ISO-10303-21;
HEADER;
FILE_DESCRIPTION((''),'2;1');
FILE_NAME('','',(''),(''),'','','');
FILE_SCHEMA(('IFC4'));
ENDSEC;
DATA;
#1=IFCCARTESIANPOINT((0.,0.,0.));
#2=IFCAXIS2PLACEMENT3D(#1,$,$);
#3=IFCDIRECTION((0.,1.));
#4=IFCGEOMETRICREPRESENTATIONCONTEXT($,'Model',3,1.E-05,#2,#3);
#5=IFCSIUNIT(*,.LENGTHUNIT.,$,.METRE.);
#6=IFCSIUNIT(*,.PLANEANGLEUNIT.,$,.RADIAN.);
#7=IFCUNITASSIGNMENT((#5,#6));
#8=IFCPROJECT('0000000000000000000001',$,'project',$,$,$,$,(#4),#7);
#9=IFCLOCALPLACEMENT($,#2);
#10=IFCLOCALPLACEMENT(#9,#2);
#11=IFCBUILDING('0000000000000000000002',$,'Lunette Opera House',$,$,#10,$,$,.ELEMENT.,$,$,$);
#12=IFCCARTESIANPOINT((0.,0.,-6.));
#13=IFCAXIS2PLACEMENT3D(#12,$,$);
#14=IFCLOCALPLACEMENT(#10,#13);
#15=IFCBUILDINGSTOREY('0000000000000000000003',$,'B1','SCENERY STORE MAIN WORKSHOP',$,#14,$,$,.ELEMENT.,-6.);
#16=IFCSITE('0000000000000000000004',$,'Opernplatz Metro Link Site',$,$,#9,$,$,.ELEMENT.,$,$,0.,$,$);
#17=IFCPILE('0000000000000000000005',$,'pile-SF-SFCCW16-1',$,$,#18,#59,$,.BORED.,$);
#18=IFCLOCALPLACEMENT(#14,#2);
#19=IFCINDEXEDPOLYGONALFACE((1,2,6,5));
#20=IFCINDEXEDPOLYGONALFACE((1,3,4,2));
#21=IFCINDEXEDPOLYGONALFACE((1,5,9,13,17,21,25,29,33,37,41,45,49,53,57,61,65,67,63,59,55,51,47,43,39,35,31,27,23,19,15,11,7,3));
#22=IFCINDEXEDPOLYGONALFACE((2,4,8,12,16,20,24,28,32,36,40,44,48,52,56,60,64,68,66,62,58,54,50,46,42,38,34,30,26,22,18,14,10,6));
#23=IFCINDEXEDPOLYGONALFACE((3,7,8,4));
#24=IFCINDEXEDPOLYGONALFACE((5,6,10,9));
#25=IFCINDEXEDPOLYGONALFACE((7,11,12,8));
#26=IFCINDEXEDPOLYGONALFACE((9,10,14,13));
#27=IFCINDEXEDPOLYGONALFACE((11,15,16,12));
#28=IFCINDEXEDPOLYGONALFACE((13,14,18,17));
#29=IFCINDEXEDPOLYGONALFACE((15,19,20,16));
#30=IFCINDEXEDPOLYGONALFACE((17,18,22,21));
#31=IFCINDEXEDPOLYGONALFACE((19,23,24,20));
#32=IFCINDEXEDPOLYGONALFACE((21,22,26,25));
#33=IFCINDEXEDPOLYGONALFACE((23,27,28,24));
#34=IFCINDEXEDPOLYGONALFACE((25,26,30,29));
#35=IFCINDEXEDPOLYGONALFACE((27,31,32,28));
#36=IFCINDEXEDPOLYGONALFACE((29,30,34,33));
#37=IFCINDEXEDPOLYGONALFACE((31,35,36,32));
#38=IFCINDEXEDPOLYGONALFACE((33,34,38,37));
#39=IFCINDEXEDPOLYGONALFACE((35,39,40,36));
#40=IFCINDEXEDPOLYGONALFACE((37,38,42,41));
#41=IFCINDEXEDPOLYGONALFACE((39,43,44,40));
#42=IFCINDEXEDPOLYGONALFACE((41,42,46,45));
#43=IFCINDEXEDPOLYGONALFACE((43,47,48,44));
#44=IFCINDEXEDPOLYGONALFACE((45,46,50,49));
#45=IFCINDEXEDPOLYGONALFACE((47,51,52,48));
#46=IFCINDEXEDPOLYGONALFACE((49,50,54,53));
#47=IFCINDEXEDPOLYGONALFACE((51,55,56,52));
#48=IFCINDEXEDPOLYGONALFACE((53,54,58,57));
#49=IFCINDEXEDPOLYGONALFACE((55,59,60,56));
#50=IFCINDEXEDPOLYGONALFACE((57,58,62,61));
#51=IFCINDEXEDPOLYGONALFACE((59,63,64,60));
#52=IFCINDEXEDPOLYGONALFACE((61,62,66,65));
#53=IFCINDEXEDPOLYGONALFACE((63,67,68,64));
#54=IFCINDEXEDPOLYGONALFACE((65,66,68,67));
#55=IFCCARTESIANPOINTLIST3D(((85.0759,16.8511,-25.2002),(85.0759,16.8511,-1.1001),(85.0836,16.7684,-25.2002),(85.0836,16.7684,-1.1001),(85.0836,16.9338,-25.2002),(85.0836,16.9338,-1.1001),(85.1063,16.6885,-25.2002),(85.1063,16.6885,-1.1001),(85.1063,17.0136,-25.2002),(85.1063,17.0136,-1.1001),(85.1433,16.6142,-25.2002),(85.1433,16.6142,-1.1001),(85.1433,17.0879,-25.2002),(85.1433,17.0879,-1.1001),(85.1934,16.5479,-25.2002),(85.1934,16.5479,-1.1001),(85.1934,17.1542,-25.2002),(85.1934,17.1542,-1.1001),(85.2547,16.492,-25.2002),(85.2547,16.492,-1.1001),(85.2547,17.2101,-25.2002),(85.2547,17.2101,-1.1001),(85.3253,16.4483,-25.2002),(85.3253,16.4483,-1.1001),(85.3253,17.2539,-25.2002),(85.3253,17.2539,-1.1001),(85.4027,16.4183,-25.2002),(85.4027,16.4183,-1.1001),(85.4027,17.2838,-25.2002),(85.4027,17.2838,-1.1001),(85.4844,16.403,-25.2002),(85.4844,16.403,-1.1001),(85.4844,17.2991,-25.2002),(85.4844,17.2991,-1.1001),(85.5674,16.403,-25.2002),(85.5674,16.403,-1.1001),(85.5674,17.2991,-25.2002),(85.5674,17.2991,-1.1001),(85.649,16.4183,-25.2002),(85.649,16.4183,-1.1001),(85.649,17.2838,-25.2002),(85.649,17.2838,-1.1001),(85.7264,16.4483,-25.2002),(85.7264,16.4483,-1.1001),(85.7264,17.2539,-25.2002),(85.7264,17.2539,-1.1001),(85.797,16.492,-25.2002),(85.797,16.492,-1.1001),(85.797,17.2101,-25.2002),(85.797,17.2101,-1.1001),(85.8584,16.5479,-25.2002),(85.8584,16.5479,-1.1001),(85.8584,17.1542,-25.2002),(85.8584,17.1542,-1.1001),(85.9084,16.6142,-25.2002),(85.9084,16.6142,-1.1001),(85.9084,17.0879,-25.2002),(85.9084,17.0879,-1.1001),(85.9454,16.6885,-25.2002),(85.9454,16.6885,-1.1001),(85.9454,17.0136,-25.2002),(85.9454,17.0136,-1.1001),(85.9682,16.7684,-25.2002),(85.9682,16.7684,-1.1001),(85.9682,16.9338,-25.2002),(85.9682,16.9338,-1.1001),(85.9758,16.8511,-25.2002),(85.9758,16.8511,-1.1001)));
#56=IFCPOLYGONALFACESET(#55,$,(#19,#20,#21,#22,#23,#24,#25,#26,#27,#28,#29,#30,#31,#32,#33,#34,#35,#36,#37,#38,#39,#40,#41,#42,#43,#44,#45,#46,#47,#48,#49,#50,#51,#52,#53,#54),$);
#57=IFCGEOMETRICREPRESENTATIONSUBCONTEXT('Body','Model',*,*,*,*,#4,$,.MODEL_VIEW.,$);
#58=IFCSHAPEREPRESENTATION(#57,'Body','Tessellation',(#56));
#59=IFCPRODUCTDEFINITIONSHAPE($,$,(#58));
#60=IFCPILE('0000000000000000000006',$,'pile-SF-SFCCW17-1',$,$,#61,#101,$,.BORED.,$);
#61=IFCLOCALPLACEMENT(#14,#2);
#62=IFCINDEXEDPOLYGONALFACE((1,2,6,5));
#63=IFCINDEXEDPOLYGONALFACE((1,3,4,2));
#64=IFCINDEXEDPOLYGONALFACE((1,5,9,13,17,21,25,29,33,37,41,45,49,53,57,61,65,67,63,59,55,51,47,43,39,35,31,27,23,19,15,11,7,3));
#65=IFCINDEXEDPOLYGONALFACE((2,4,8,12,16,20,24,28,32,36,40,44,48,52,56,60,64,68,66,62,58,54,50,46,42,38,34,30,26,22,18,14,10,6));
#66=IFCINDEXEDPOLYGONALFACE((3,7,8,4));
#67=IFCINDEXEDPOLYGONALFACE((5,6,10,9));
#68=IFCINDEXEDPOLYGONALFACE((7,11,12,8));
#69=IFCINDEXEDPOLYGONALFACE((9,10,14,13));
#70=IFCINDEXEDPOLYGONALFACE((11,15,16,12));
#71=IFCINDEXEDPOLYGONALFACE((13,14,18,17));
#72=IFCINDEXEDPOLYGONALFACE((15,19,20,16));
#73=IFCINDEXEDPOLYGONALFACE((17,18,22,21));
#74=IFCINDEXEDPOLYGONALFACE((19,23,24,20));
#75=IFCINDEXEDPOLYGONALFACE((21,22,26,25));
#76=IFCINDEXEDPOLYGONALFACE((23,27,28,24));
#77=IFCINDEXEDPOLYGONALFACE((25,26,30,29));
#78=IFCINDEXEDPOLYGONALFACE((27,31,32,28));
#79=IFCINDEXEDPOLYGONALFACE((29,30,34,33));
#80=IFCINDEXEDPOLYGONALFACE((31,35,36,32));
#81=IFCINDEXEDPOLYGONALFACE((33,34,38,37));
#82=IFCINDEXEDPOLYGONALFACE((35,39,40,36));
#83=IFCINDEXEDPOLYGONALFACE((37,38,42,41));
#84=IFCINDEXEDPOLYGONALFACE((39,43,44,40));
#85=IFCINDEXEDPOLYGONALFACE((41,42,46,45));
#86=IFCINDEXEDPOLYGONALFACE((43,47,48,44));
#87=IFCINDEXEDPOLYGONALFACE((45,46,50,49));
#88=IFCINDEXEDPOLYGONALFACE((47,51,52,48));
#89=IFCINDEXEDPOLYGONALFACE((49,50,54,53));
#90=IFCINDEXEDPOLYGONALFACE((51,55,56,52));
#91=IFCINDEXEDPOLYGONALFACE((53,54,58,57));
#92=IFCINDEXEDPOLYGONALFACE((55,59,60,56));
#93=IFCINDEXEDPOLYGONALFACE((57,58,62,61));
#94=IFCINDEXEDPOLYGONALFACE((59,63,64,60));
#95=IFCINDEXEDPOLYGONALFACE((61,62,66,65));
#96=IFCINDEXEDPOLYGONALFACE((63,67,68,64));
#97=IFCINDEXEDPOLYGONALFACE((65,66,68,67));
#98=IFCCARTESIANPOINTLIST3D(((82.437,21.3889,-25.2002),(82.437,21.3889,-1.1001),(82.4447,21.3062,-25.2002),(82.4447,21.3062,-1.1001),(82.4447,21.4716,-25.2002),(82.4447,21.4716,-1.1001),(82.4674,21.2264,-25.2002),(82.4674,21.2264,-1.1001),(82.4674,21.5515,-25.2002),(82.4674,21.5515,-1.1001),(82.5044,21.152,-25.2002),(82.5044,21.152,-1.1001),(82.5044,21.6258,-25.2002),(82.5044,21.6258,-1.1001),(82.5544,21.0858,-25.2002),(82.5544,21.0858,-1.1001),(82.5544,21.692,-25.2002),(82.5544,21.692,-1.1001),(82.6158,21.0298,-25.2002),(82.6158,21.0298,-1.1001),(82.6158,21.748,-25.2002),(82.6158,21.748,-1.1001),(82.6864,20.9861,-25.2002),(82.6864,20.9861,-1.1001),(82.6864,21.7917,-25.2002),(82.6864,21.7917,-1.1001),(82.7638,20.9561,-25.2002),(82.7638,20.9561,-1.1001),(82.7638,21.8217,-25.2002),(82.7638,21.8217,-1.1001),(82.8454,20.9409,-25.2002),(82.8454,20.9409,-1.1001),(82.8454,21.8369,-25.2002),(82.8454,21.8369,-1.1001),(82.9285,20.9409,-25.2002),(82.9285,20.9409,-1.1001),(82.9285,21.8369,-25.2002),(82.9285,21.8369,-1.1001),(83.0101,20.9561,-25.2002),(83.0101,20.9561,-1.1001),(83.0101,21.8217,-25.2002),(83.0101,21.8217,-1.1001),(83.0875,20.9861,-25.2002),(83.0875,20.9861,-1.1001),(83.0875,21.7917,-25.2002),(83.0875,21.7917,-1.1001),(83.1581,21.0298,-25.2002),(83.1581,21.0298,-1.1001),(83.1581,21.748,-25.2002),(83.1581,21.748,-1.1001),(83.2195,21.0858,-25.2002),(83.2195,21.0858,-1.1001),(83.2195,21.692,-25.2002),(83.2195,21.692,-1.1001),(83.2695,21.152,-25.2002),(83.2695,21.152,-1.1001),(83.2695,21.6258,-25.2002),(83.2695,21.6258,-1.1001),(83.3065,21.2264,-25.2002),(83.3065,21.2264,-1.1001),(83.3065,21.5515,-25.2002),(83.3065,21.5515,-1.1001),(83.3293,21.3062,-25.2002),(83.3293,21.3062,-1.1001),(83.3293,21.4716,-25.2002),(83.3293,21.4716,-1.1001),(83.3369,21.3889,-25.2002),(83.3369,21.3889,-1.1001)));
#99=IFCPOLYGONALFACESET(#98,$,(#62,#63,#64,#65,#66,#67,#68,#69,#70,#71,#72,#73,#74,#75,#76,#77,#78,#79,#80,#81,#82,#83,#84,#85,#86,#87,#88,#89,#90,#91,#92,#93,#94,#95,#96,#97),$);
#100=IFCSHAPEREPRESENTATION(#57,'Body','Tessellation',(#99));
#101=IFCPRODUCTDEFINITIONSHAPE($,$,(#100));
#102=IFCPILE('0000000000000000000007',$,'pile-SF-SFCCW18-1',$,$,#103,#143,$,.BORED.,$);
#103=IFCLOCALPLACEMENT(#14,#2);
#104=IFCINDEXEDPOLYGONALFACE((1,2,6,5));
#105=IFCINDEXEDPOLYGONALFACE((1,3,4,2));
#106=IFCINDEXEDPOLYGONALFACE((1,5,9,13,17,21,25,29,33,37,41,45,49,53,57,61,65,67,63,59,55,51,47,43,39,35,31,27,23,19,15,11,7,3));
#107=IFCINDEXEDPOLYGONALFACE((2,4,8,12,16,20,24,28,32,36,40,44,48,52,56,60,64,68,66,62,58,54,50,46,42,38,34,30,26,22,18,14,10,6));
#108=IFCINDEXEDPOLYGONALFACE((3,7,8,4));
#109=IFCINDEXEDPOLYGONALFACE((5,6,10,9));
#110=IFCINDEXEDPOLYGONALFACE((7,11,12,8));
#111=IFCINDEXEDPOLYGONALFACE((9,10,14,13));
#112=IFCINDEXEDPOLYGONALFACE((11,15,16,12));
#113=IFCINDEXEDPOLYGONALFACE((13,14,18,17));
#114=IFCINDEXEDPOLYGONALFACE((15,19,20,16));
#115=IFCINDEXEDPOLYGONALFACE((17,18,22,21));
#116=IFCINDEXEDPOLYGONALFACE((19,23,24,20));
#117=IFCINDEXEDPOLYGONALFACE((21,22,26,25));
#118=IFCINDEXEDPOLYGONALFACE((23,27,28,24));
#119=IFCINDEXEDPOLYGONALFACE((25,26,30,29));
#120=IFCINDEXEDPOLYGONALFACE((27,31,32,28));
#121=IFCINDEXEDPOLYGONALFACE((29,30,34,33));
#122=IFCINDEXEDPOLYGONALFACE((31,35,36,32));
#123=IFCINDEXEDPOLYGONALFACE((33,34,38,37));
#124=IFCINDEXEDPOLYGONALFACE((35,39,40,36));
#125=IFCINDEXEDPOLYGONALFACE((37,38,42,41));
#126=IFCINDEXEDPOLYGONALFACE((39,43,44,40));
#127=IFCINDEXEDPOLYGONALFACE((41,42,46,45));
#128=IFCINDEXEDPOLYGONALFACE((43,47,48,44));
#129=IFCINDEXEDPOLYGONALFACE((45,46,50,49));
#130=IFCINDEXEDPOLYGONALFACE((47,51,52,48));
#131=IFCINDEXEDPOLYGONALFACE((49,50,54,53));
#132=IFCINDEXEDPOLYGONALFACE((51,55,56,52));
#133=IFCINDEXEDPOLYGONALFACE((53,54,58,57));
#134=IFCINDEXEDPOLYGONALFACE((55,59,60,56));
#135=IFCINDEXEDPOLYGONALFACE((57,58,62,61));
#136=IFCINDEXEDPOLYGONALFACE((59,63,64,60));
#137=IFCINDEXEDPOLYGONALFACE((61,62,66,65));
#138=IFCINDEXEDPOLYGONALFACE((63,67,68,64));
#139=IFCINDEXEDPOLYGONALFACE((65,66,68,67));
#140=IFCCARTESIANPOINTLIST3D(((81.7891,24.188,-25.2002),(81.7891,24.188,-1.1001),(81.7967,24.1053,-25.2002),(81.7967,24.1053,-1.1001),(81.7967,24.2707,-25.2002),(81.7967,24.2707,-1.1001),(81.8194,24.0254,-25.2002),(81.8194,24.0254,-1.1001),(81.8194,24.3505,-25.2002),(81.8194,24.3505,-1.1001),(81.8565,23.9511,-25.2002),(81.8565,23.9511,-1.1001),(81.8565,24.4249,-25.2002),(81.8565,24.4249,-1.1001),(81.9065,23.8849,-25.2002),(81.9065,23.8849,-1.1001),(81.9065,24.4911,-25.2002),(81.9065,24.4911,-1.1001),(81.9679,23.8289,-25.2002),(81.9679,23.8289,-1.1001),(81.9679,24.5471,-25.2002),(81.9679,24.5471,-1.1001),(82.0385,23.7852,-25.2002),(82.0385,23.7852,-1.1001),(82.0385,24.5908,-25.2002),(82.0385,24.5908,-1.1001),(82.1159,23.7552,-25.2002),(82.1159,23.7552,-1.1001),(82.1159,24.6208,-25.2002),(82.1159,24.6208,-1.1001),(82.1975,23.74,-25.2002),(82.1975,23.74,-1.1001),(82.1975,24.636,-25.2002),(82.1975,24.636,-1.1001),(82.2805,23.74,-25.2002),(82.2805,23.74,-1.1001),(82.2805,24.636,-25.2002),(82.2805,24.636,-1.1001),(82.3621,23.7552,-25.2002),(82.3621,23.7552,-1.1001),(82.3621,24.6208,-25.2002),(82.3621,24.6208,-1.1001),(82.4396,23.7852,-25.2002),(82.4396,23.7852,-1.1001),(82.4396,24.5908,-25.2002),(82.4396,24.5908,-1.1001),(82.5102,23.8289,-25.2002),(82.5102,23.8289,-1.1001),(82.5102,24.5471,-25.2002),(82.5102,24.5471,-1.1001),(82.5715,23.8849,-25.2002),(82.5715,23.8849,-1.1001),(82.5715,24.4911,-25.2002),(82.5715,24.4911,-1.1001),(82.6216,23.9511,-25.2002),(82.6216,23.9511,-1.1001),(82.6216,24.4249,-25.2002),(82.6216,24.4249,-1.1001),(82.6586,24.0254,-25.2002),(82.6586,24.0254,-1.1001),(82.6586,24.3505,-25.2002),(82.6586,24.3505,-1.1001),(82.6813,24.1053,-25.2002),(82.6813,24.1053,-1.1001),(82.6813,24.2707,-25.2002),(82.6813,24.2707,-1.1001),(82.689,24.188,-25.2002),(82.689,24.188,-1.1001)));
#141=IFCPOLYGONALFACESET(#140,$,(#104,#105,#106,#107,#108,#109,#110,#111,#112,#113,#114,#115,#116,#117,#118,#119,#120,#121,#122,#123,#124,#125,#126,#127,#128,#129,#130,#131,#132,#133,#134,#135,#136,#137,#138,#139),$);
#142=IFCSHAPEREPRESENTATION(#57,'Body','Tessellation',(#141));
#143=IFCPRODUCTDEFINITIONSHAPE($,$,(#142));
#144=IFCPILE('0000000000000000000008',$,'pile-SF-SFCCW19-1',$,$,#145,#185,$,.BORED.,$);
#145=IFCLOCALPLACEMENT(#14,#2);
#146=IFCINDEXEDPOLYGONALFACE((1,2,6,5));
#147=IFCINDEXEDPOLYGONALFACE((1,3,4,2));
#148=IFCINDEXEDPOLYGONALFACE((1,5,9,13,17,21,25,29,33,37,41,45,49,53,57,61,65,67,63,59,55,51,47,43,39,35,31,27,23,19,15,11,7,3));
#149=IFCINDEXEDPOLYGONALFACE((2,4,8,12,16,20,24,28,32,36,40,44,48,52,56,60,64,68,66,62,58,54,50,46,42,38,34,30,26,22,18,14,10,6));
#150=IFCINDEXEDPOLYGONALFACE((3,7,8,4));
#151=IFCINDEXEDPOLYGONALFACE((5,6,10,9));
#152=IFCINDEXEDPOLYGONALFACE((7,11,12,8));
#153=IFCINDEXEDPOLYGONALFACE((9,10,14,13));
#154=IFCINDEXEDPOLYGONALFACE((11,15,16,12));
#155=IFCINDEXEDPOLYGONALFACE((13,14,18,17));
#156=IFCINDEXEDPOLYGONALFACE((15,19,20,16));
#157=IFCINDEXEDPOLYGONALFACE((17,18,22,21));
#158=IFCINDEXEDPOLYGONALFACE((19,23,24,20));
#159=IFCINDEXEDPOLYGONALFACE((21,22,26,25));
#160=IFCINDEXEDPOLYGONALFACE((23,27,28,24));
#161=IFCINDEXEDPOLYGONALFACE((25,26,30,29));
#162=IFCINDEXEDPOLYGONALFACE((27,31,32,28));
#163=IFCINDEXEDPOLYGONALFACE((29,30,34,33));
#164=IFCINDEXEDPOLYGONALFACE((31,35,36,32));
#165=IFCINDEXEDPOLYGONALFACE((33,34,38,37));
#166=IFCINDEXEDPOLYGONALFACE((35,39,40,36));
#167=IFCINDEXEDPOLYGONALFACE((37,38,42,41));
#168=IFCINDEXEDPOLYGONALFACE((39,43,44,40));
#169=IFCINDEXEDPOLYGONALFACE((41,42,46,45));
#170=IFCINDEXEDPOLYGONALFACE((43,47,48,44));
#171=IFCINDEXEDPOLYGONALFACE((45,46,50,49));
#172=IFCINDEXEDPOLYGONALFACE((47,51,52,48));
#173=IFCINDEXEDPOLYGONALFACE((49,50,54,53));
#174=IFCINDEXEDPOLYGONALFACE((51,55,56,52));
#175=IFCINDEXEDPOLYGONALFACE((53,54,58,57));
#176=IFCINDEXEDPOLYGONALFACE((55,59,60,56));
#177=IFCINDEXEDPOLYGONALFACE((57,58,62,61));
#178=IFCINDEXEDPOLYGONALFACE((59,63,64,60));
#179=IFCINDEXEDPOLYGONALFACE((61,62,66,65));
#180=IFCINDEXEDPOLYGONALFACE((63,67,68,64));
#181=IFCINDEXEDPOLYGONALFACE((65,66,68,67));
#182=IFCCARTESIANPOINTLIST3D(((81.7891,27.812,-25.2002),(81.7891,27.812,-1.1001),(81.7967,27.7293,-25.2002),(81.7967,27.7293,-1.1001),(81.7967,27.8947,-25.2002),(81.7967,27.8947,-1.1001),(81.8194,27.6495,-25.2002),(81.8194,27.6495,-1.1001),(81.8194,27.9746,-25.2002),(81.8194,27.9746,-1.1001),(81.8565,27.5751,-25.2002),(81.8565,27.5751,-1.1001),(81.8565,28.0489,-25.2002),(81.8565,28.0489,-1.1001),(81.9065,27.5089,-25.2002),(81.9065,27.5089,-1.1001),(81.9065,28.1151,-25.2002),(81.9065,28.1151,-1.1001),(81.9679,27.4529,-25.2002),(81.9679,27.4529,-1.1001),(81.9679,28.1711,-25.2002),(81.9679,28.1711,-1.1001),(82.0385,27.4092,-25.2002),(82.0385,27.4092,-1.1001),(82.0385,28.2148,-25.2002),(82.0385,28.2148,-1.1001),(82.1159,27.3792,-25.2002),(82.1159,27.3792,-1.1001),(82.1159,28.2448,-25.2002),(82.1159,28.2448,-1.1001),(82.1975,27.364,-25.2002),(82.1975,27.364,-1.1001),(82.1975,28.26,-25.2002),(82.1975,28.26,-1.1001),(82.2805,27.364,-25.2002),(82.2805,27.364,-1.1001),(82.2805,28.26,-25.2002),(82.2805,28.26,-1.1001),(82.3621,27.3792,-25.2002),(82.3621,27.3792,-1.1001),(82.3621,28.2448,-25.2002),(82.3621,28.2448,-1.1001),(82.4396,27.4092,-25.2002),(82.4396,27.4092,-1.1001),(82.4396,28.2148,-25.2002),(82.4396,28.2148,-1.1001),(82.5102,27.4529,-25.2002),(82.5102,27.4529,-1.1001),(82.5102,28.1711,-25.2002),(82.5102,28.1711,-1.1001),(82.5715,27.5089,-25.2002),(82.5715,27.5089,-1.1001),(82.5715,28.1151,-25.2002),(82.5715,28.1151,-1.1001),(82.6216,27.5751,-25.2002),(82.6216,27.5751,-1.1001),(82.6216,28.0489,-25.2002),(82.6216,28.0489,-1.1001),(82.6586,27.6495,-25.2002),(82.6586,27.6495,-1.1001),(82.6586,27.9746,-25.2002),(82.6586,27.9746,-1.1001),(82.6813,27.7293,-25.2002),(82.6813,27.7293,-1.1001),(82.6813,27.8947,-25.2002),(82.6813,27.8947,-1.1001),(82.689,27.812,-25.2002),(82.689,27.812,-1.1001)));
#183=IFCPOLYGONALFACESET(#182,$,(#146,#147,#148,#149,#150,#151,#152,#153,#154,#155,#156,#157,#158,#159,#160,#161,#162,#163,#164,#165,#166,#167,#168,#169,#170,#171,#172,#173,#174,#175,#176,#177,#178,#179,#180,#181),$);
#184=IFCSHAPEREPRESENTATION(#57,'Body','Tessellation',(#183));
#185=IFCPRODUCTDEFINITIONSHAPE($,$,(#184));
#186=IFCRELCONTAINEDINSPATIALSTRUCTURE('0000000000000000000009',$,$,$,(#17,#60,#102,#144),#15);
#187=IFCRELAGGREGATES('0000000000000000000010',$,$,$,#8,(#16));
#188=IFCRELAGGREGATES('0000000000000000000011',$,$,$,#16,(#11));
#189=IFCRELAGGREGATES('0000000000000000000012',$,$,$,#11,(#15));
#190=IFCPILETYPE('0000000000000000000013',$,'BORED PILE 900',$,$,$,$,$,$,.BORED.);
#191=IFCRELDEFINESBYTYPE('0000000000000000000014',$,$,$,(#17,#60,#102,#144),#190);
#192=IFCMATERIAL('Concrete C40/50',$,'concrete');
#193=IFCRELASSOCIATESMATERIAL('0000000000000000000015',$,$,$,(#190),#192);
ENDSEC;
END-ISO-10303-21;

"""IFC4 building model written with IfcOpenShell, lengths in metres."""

from ifc_helpers import new_model, si_unit, direction, frame, origin, origin_2d, place, context, subcontext, project, spatial, circle, extrude, material, material_profile, profile_set, type_object, element, save


model = new_model("IFC4")

# Units and contexts
model_context = context("Model", 3, precision=1e-05, world=origin(), true_north=direction((0.0, 1.0)))
body_context = subcontext(model_context, "Body", "Model", "MODEL_VIEW")
ifc_project = project(units=[si_unit("LENGTHUNIT", "METRE"), si_unit("PLANEANGLEUNIT", "RADIAN")], contexts=[model_context])

# Site, building, storey
site_placement = place(None, origin())
site = spatial("IfcSite", under=ifc_project, at=site_placement, Name="Opernplatz Metro Link Site", CompositionType="ELEMENT", RefElevation=0.0)
building_placement = place(site_placement, origin())
building = spatial("IfcBuilding", under=site, at=building_placement, Name="Lunette Opera House", CompositionType="ELEMENT")
storey_placement = place(building_placement, frame((0.0, 0.0, -6.0)))
storey = spatial("IfcBuildingStorey", under=building, at=storey_placement, Name="B1", Description="SCENERY STORE MAIN WORKSHOP", CompositionType="ELEMENT", Elevation=-6.0)

# Piles
ifc_material_1 = material(Name="Concrete C40/50", Category="concrete")
ifc_material_profile_1 = material_profile(ifc_material_1, circle(Radius=0.45, at=origin_2d()), Name="BORED PILE 900")
ifc_profile_set_1 = profile_set([ifc_material_profile_1], Name="Concrete C40/50")
pile_type = type_object("IfcPileType", Name="BORED PILE 900", PredefinedType="BORED", material=ifc_profile_set_1)
for number, where, z_axis, x_axis, name in (
    (1, (85.5259, 16.8511, -1.1001), (0.0, 0.0, -1.0), (1.0, 0.0, 0.0), "pile-SF-SFCCW16-1"),
    (2, (82.887, 21.3889, -1.1001), (0.0, 0.0, -1.0), (1.0, 0.0, 0.0), "pile-SF-SFCCW17-1"),
    (3, (82.239, 24.188, -1.1001), (0.0, 0.0, -1.0), (1.0, 0.0, 0.0), "pile-SF-SFCCW18-1"),
    (4, (82.239, 27.812, -1.1001), (0.0, 0.0, -1.0), (1.0, 0.0, 0.0), "pile-SF-SFCCW19-1"),
):
    element("IfcPile", number, at=place(storey_placement, frame(where, z_axis=z_axis, x_axis=x_axis)), inside=storey, type_object=pile_type, Name=name, PredefinedType="BORED", context=body_context, shape_type="SweptSolid", body=[
        extrude(circle(Radius=0.45, at=origin_2d()), origin(), (0.0, 0.0, 1.0), 24.1001),
    ])

save(model, "model.ifc")
